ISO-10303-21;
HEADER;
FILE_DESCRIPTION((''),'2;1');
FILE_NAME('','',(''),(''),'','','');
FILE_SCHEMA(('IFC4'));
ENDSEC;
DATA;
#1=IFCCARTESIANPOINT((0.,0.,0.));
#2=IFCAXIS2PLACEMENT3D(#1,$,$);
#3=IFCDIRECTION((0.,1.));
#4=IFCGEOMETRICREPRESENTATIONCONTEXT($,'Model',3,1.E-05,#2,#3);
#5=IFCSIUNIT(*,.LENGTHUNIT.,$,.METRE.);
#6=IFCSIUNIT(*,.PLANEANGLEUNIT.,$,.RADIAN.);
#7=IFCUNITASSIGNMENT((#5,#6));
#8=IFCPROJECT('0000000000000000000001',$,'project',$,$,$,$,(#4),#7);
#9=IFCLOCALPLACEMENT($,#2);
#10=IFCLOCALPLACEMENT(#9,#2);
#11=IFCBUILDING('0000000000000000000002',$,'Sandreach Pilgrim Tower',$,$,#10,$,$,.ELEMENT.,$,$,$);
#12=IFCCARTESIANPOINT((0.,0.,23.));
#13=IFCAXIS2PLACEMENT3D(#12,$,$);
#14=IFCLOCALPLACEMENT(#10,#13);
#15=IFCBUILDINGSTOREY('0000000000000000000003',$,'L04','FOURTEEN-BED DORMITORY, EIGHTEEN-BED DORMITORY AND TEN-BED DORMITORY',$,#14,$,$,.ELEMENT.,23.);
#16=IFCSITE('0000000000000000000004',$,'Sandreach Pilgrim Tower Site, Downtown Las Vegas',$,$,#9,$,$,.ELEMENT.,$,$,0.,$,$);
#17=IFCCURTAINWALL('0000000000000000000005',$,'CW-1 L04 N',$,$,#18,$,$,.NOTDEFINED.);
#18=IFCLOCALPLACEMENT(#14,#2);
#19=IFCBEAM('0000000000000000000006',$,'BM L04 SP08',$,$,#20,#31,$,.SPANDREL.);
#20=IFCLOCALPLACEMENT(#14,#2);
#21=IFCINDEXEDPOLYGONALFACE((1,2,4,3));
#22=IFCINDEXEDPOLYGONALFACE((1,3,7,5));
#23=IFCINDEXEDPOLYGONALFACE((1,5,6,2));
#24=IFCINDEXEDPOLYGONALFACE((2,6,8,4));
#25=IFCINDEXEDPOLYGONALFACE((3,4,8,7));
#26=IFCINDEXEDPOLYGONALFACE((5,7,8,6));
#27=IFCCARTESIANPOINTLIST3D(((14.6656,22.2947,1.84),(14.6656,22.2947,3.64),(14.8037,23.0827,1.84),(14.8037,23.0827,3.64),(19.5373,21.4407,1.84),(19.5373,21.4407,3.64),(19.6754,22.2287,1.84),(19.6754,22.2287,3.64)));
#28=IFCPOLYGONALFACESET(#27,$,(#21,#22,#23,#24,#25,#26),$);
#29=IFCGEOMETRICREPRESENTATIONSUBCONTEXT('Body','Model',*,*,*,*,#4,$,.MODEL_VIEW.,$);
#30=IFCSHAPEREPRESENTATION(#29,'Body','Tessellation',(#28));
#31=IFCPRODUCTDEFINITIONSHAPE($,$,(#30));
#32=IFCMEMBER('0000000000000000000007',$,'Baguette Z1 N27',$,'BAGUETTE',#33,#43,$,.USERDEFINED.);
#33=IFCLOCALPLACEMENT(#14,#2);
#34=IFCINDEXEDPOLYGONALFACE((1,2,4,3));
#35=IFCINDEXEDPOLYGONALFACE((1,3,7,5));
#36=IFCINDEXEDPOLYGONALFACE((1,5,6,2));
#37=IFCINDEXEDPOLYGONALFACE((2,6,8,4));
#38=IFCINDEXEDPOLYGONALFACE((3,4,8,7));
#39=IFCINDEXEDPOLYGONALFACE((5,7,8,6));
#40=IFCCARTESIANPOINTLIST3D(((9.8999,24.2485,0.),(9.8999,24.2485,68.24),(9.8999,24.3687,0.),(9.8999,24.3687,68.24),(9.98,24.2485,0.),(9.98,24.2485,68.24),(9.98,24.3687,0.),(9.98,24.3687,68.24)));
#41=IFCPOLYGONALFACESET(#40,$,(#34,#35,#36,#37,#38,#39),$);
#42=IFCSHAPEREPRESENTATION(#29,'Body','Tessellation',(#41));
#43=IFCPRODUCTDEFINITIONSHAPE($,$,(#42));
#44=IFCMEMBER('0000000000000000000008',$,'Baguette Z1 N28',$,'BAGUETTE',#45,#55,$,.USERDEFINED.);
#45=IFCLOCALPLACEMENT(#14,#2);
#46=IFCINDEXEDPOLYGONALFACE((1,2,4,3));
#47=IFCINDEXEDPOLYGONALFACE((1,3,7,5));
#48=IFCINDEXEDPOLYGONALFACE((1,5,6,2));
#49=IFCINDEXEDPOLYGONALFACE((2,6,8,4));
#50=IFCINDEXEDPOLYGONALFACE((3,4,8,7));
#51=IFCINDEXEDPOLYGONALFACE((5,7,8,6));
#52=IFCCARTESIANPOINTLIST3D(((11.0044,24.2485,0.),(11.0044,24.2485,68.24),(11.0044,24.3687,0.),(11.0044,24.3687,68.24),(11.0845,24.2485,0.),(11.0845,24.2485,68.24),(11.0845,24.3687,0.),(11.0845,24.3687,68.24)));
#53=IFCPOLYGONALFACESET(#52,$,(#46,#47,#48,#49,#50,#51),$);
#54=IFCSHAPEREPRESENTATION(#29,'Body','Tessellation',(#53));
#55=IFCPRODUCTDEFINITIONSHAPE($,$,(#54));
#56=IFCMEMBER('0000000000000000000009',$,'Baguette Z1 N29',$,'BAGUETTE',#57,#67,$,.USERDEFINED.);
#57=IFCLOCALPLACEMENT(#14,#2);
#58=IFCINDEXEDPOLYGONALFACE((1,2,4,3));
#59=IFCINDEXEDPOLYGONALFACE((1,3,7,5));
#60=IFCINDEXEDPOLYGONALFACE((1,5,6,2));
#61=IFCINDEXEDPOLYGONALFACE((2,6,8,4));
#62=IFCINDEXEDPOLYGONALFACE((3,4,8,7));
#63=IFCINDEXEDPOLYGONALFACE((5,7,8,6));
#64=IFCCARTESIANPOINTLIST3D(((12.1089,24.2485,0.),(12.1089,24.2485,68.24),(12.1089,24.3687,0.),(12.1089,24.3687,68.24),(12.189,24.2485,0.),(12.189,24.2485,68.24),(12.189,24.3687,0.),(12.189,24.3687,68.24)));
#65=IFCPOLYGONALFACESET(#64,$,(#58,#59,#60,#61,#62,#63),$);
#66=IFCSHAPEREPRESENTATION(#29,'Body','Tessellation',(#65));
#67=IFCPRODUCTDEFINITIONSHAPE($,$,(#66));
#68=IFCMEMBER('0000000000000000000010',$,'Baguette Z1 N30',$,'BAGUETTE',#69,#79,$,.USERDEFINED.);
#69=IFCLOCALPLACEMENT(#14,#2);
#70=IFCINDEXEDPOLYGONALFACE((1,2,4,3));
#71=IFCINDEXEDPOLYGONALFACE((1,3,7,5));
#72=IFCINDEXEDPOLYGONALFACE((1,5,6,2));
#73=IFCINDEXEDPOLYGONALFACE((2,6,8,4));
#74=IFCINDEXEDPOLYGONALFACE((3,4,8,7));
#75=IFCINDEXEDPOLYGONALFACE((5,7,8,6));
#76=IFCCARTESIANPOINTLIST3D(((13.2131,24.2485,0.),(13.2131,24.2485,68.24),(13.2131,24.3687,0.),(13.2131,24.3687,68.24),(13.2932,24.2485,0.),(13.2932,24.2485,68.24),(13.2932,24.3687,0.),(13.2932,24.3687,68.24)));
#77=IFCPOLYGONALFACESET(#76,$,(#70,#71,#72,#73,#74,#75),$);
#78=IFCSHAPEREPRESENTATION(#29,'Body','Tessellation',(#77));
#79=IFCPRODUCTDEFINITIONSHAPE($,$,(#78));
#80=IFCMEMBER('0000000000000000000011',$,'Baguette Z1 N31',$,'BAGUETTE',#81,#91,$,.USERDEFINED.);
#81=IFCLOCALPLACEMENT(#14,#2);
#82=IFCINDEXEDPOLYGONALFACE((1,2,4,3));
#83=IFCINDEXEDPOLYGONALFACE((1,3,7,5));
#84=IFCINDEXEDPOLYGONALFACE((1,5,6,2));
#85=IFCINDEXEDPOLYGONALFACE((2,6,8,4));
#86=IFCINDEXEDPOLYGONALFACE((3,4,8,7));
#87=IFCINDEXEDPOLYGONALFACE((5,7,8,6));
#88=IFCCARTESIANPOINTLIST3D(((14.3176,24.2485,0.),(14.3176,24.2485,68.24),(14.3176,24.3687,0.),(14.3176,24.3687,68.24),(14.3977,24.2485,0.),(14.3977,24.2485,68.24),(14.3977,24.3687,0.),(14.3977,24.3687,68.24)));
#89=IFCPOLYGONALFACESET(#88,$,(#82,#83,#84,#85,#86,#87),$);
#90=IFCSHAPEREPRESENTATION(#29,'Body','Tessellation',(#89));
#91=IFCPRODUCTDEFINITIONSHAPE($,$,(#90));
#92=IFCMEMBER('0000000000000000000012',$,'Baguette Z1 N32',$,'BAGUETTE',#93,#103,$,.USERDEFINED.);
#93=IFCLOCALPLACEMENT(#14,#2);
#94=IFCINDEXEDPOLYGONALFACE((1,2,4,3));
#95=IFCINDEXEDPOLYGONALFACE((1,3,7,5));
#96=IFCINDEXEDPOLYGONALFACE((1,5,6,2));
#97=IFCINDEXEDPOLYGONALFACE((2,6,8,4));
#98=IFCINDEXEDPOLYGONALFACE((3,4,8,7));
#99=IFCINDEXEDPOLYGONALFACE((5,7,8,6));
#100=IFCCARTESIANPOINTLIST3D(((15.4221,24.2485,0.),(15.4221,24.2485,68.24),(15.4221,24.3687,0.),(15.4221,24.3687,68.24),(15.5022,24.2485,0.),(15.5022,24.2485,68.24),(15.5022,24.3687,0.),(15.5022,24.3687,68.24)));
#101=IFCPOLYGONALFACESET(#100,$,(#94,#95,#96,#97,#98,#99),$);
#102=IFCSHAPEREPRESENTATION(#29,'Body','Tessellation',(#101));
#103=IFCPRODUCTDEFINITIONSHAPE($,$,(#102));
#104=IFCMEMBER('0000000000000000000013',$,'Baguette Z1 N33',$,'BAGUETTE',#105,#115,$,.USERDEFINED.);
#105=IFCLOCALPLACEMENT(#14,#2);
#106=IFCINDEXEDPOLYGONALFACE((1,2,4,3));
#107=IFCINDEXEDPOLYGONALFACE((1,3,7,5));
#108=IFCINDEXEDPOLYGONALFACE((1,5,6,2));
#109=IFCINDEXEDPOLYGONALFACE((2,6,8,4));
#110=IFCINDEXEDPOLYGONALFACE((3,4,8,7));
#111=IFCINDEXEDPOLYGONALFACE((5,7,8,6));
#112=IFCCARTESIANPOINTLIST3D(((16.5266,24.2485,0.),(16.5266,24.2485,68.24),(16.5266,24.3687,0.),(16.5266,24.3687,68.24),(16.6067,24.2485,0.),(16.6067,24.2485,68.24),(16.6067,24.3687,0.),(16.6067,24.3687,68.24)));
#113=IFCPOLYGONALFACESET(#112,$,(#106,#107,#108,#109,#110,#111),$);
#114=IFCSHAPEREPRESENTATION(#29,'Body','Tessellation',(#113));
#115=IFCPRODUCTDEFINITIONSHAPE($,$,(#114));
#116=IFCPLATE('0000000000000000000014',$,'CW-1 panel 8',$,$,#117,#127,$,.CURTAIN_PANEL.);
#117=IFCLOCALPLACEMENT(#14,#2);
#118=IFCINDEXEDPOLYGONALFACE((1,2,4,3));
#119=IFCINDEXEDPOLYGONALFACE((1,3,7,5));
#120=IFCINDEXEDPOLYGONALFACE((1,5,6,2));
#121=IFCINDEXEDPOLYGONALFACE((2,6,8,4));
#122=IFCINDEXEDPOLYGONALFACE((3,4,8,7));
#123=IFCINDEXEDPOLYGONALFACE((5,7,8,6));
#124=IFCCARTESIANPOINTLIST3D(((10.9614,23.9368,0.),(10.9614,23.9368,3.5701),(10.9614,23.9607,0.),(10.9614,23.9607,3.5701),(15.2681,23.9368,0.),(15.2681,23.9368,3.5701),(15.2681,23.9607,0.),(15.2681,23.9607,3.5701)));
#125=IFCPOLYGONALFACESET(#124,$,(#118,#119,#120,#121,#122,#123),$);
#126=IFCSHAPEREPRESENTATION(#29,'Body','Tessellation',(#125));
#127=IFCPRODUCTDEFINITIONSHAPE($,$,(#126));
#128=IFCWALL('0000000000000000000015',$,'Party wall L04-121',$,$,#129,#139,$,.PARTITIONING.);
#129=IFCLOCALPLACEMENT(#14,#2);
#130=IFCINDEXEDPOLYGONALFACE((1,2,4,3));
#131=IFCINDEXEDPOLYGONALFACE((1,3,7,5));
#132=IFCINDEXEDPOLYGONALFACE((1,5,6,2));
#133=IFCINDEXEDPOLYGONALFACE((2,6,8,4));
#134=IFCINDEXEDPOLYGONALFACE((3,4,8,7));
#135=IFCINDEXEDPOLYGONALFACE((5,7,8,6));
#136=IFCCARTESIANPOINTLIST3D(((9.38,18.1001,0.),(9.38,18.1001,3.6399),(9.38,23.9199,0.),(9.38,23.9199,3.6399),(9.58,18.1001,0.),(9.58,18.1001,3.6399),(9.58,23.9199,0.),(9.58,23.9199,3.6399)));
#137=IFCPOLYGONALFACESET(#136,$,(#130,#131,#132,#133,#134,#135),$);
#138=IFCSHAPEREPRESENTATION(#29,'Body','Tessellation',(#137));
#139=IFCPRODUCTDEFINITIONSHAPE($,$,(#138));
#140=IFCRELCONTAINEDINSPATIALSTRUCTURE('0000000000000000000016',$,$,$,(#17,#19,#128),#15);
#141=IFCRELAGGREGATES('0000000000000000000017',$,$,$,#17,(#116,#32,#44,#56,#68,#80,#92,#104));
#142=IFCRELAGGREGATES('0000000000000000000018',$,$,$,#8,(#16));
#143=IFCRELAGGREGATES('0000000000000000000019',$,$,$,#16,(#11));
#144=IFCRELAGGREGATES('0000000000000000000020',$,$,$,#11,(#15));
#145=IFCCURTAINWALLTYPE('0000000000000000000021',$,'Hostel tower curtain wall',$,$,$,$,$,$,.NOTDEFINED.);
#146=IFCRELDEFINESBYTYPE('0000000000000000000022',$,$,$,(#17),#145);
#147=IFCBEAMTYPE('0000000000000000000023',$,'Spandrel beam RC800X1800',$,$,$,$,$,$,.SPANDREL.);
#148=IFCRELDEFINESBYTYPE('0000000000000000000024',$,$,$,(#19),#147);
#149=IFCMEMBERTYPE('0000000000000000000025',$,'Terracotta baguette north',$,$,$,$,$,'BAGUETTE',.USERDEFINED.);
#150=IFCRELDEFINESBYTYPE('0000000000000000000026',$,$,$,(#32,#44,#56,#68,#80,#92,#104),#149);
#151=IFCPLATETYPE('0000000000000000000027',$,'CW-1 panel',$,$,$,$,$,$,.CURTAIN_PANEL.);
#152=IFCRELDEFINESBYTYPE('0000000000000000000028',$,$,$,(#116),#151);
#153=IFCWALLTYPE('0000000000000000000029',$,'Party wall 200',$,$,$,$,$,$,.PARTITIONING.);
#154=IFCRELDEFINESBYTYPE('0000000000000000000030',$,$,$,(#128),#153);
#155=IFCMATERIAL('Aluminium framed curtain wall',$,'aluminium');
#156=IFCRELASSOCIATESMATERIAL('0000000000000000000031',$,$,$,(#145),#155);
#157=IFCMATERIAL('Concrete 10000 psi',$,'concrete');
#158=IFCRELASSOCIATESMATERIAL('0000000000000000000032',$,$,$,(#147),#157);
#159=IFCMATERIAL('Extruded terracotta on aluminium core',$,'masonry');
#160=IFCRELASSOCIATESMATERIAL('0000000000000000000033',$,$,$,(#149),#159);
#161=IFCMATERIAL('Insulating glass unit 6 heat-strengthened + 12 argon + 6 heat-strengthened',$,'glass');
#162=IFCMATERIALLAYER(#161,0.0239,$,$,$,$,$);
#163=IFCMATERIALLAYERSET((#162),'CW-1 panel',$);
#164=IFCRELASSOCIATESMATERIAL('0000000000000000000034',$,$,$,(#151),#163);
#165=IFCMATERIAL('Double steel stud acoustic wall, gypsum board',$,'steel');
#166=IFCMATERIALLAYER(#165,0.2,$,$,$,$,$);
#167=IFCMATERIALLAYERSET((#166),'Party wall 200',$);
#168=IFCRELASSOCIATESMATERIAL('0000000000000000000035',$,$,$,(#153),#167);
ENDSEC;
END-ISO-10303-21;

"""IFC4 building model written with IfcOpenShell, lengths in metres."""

from ifc_helpers import new_model, si_unit, direction, frame, frame_2d, origin, origin_2d, place, context, subcontext, project, spatial, rectangle, extrude, material, layer, layer_set, material_profile, profile_set, type_object, element, aggregate, save


model = new_model("IFC4")

# Units and contexts
model_context = context("Model", 3, precision=1e-05, world=origin(), true_north=direction((0.0, 1.0)))
body_context = subcontext(model_context, "Body", "Model", "MODEL_VIEW")
ifc_project = project(units=[si_unit("LENGTHUNIT", "METRE"), si_unit("PLANEANGLEUNIT", "RADIAN")], contexts=[model_context])

# Site, building, storey
site_placement = place(None, origin())
site = spatial("IfcSite", under=ifc_project, at=site_placement, Name="Sandreach Pilgrim Tower Site, Downtown Las Vegas", CompositionType="ELEMENT", RefElevation=0.0)
building_placement = place(site_placement, origin())
building = spatial("IfcBuilding", under=site, at=building_placement, Name="Sandreach Pilgrim Tower", CompositionType="ELEMENT")
storey_placement = place(building_placement, frame((0.0, 0.0, 23.0)))
storey = spatial("IfcBuildingStorey", under=building, at=storey_placement, Name="L04", Description="FOURTEEN-BED DORMITORY, EIGHTEEN-BED DORMITORY AND TEN-BED DORMITORY", CompositionType="ELEMENT", Elevation=23.0)

# Curtain wall
ifc_material_1 = material(Name="Aluminium framed curtain wall", Category="aluminium")
curtain_wall_type = type_object("IfcCurtainWallType", Name="Hostel tower curtain wall", PredefinedType="NOTDEFINED", material=ifc_material_1)
curtain_wall_placement = place(storey_placement, origin())
curtain_wall = element("IfcCurtainWall", 1, at=curtain_wall_placement, inside=storey, type_object=curtain_wall_type, Name="CW-1 L04 N", PredefinedType="NOTDEFINED")

# Beam
ifc_material_2 = material(Name="Concrete 10000 psi", Category="concrete")
ifc_material_profile_1 = material_profile(ifc_material_2, rectangle(XDim=0.8, YDim=1.8, at=origin_2d()), Name="RC800X1800")
ifc_profile_set_1 = profile_set([ifc_material_profile_1], Name="Concrete 10000 psi")
beam_type_1 = type_object("IfcBeamType", Name="Spandrel beam RC800X1800", PredefinedType="SPANDREL", material=ifc_profile_set_1)
beam_1_placement = place(storey_placement, frame((14.7346, 22.6887, 2.74), z_axis=(0.984981, -0.172662, 0.0), x_axis=(0.172662, 0.984981, 0.0)))
element("IfcBeam", 2, at=beam_1_placement, inside=storey, type_object=beam_type_1, Name="BM L04 SP08", PredefinedType="SPANDREL", context=body_context, shape_type="SweptSolid", body=[
    extrude(rectangle(XDim=0.8, YDim=1.8, at=origin_2d()), origin(), (0.0, 0.0, 1.0), 4.946),
])

# Members
ifc_material_3 = material(Name="Extruded terracotta on aluminium core", Category="masonry")
ifc_material_profile_2 = material_profile(ifc_material_3, rectangle(XDim=0.0801, YDim=0.1201, at=origin_2d()), Name="TBN 80X120")
ifc_profile_set_2 = profile_set([ifc_material_profile_2], Name="Extruded terracotta on aluminium core")
member_type_1 = type_object("IfcMemberType", Name="Terracotta baguette north", ElementType="BAGUETTE", PredefinedType="USERDEFINED", material=ifc_profile_set_2)
member_1_placement = place(storey_placement, frame((9.9399, 24.3086, 0.0), z_axis=(0.0, 0.0, 1.0), x_axis=(1.0, 0.0, 0.0)))
member_1 = element("IfcMember", 3, at=member_1_placement, type_object=member_type_1, Name="Baguette Z1 N27", ObjectType="BAGUETTE", PredefinedType="USERDEFINED", context=body_context, shape_type="SweptSolid", body=[
    extrude(rectangle(XDim=0.0801, YDim=0.1201, at=origin_2d()), origin(), (0.0, 0.0, 1.0), 68.24),
])
member_2_placement = place(storey_placement, frame((11.0444, 24.3086, 0.0), z_axis=(0.0, 0.0, 1.0), x_axis=(1.0, 0.0, 0.0)))
member_2 = element("IfcMember", 4, at=member_2_placement, type_object=member_type_1, Name="Baguette Z1 N28", ObjectType="BAGUETTE", PredefinedType="USERDEFINED", context=body_context, shape_type="SweptSolid", body=[
    extrude(rectangle(XDim=0.0801, YDim=0.1201, at=origin_2d()), origin(), (0.0, 0.0, 1.0), 68.24),
])
member_3_placement = place(storey_placement, frame((12.1489, 24.3086, 0.0), z_axis=(0.0, 0.0, 1.0), x_axis=(1.0, 0.0, 0.0)))
member_3 = element("IfcMember", 5, at=member_3_placement, type_object=member_type_1, Name="Baguette Z1 N29", ObjectType="BAGUETTE", PredefinedType="USERDEFINED", context=body_context, shape_type="SweptSolid", body=[
    extrude(rectangle(XDim=0.0801, YDim=0.1201, at=origin_2d()), origin(), (0.0, 0.0, 1.0), 68.24),
])
member_4_placement = place(storey_placement, frame((13.2532, 24.3086, 0.0), z_axis=(0.0, 0.0, 1.0), x_axis=(1.0, 0.0, 0.0)))
member_4 = element("IfcMember", 6, at=member_4_placement, type_object=member_type_1, Name="Baguette Z1 N30", ObjectType="BAGUETTE", PredefinedType="USERDEFINED", context=body_context, shape_type="SweptSolid", body=[
    extrude(rectangle(XDim=0.0801, YDim=0.1201, at=origin_2d()), origin(), (0.0, 0.0, 1.0), 68.24),
])
member_5_placement = place(storey_placement, frame((14.3577, 24.3086, 0.0), z_axis=(0.0, 0.0, 1.0), x_axis=(1.0, 0.0, 0.0)))
member_5 = element("IfcMember", 7, at=member_5_placement, type_object=member_type_1, Name="Baguette Z1 N31", ObjectType="BAGUETTE", PredefinedType="USERDEFINED", context=body_context, shape_type="SweptSolid", body=[
    extrude(rectangle(XDim=0.0801, YDim=0.1201, at=origin_2d()), origin(), (0.0, 0.0, 1.0), 68.24),
])
member_6_placement = place(storey_placement, frame((15.4622, 24.3086, 0.0), z_axis=(0.0, 0.0, 1.0), x_axis=(1.0, 0.0, 0.0)))
member_6 = element("IfcMember", 8, at=member_6_placement, type_object=member_type_1, Name="Baguette Z1 N32", ObjectType="BAGUETTE", PredefinedType="USERDEFINED", context=body_context, shape_type="SweptSolid", body=[
    extrude(rectangle(XDim=0.0801, YDim=0.1201, at=origin_2d()), origin(), (0.0, 0.0, 1.0), 68.24),
])
member_7_placement = place(storey_placement, frame((16.5667, 24.3086, 0.0), z_axis=(0.0, 0.0, 1.0), x_axis=(1.0, 0.0, 0.0)))
member_7 = element("IfcMember", 9, at=member_7_placement, type_object=member_type_1, Name="Baguette Z1 N33", ObjectType="BAGUETTE", PredefinedType="USERDEFINED", context=body_context, shape_type="SweptSolid", body=[
    extrude(rectangle(XDim=0.0801, YDim=0.1201, at=origin_2d()), origin(), (0.0, 0.0, 1.0), 68.24),
])

# Plate
ifc_material_4 = material(Name="Insulating glass unit 6 heat-strengthened + 12 argon + 6 heat-strengthened", Category="glass")
ifc_layer_1 = layer(ifc_material_4, 0.0239)
ifc_layer_set_1 = layer_set([ifc_layer_1], Name="CW-1 panel")
plate_type = type_object("IfcPlateType", Name="CW-1 panel", PredefinedType="CURTAIN_PANEL", material=ifc_layer_set_1)
plate_placement = place(storey_placement, frame((13.1147, 23.9487, 0.0), z_axis=(0.0, 0.0, 1.0), x_axis=(1.0, 0.0, 0.0)))
plate = element("IfcPlate", 10, at=plate_placement, type_object=plate_type, Name="CW-1 panel 8", PredefinedType="CURTAIN_PANEL", context=body_context, shape_type="SweptSolid", body=[
    extrude(rectangle(XDim=4.3066, YDim=0.0239, at=origin_2d()), origin(), (0.0, 0.0, 1.0), 3.5701),
])
aggregate(curtain_wall, [plate, member_1, member_2, member_3, member_4, member_5, member_6, member_7])

# Wall
ifc_material_5 = material(Name="Double steel stud acoustic wall, gypsum board", Category="steel")
ifc_layer_2 = layer(ifc_material_5, 0.2)
ifc_layer_set_2 = layer_set([ifc_layer_2], Name="Party wall 200")
wall_type = type_object("IfcWallType", Name="Party wall 200", PredefinedType="PARTITIONING", material=ifc_layer_set_2)
wall_placement = place(storey_placement, frame((9.48, 23.9199, 0.0), z_axis=(0.0, 0.0, 1.0), x_axis=(0.0, -1.0, 0.0)))
element("IfcWall", 11, at=wall_placement, inside=storey, type_object=wall_type, Name="Party wall L04-121", PredefinedType="PARTITIONING", context=body_context, shape_type="SweptSolid", body=[
    extrude(rectangle(XDim=5.8198, YDim=0.2, at=frame_2d((2.9099, 0.0))), origin(), (0.0, 0.0, 1.0), 3.6399),
])

save(model, "model.ifc")
